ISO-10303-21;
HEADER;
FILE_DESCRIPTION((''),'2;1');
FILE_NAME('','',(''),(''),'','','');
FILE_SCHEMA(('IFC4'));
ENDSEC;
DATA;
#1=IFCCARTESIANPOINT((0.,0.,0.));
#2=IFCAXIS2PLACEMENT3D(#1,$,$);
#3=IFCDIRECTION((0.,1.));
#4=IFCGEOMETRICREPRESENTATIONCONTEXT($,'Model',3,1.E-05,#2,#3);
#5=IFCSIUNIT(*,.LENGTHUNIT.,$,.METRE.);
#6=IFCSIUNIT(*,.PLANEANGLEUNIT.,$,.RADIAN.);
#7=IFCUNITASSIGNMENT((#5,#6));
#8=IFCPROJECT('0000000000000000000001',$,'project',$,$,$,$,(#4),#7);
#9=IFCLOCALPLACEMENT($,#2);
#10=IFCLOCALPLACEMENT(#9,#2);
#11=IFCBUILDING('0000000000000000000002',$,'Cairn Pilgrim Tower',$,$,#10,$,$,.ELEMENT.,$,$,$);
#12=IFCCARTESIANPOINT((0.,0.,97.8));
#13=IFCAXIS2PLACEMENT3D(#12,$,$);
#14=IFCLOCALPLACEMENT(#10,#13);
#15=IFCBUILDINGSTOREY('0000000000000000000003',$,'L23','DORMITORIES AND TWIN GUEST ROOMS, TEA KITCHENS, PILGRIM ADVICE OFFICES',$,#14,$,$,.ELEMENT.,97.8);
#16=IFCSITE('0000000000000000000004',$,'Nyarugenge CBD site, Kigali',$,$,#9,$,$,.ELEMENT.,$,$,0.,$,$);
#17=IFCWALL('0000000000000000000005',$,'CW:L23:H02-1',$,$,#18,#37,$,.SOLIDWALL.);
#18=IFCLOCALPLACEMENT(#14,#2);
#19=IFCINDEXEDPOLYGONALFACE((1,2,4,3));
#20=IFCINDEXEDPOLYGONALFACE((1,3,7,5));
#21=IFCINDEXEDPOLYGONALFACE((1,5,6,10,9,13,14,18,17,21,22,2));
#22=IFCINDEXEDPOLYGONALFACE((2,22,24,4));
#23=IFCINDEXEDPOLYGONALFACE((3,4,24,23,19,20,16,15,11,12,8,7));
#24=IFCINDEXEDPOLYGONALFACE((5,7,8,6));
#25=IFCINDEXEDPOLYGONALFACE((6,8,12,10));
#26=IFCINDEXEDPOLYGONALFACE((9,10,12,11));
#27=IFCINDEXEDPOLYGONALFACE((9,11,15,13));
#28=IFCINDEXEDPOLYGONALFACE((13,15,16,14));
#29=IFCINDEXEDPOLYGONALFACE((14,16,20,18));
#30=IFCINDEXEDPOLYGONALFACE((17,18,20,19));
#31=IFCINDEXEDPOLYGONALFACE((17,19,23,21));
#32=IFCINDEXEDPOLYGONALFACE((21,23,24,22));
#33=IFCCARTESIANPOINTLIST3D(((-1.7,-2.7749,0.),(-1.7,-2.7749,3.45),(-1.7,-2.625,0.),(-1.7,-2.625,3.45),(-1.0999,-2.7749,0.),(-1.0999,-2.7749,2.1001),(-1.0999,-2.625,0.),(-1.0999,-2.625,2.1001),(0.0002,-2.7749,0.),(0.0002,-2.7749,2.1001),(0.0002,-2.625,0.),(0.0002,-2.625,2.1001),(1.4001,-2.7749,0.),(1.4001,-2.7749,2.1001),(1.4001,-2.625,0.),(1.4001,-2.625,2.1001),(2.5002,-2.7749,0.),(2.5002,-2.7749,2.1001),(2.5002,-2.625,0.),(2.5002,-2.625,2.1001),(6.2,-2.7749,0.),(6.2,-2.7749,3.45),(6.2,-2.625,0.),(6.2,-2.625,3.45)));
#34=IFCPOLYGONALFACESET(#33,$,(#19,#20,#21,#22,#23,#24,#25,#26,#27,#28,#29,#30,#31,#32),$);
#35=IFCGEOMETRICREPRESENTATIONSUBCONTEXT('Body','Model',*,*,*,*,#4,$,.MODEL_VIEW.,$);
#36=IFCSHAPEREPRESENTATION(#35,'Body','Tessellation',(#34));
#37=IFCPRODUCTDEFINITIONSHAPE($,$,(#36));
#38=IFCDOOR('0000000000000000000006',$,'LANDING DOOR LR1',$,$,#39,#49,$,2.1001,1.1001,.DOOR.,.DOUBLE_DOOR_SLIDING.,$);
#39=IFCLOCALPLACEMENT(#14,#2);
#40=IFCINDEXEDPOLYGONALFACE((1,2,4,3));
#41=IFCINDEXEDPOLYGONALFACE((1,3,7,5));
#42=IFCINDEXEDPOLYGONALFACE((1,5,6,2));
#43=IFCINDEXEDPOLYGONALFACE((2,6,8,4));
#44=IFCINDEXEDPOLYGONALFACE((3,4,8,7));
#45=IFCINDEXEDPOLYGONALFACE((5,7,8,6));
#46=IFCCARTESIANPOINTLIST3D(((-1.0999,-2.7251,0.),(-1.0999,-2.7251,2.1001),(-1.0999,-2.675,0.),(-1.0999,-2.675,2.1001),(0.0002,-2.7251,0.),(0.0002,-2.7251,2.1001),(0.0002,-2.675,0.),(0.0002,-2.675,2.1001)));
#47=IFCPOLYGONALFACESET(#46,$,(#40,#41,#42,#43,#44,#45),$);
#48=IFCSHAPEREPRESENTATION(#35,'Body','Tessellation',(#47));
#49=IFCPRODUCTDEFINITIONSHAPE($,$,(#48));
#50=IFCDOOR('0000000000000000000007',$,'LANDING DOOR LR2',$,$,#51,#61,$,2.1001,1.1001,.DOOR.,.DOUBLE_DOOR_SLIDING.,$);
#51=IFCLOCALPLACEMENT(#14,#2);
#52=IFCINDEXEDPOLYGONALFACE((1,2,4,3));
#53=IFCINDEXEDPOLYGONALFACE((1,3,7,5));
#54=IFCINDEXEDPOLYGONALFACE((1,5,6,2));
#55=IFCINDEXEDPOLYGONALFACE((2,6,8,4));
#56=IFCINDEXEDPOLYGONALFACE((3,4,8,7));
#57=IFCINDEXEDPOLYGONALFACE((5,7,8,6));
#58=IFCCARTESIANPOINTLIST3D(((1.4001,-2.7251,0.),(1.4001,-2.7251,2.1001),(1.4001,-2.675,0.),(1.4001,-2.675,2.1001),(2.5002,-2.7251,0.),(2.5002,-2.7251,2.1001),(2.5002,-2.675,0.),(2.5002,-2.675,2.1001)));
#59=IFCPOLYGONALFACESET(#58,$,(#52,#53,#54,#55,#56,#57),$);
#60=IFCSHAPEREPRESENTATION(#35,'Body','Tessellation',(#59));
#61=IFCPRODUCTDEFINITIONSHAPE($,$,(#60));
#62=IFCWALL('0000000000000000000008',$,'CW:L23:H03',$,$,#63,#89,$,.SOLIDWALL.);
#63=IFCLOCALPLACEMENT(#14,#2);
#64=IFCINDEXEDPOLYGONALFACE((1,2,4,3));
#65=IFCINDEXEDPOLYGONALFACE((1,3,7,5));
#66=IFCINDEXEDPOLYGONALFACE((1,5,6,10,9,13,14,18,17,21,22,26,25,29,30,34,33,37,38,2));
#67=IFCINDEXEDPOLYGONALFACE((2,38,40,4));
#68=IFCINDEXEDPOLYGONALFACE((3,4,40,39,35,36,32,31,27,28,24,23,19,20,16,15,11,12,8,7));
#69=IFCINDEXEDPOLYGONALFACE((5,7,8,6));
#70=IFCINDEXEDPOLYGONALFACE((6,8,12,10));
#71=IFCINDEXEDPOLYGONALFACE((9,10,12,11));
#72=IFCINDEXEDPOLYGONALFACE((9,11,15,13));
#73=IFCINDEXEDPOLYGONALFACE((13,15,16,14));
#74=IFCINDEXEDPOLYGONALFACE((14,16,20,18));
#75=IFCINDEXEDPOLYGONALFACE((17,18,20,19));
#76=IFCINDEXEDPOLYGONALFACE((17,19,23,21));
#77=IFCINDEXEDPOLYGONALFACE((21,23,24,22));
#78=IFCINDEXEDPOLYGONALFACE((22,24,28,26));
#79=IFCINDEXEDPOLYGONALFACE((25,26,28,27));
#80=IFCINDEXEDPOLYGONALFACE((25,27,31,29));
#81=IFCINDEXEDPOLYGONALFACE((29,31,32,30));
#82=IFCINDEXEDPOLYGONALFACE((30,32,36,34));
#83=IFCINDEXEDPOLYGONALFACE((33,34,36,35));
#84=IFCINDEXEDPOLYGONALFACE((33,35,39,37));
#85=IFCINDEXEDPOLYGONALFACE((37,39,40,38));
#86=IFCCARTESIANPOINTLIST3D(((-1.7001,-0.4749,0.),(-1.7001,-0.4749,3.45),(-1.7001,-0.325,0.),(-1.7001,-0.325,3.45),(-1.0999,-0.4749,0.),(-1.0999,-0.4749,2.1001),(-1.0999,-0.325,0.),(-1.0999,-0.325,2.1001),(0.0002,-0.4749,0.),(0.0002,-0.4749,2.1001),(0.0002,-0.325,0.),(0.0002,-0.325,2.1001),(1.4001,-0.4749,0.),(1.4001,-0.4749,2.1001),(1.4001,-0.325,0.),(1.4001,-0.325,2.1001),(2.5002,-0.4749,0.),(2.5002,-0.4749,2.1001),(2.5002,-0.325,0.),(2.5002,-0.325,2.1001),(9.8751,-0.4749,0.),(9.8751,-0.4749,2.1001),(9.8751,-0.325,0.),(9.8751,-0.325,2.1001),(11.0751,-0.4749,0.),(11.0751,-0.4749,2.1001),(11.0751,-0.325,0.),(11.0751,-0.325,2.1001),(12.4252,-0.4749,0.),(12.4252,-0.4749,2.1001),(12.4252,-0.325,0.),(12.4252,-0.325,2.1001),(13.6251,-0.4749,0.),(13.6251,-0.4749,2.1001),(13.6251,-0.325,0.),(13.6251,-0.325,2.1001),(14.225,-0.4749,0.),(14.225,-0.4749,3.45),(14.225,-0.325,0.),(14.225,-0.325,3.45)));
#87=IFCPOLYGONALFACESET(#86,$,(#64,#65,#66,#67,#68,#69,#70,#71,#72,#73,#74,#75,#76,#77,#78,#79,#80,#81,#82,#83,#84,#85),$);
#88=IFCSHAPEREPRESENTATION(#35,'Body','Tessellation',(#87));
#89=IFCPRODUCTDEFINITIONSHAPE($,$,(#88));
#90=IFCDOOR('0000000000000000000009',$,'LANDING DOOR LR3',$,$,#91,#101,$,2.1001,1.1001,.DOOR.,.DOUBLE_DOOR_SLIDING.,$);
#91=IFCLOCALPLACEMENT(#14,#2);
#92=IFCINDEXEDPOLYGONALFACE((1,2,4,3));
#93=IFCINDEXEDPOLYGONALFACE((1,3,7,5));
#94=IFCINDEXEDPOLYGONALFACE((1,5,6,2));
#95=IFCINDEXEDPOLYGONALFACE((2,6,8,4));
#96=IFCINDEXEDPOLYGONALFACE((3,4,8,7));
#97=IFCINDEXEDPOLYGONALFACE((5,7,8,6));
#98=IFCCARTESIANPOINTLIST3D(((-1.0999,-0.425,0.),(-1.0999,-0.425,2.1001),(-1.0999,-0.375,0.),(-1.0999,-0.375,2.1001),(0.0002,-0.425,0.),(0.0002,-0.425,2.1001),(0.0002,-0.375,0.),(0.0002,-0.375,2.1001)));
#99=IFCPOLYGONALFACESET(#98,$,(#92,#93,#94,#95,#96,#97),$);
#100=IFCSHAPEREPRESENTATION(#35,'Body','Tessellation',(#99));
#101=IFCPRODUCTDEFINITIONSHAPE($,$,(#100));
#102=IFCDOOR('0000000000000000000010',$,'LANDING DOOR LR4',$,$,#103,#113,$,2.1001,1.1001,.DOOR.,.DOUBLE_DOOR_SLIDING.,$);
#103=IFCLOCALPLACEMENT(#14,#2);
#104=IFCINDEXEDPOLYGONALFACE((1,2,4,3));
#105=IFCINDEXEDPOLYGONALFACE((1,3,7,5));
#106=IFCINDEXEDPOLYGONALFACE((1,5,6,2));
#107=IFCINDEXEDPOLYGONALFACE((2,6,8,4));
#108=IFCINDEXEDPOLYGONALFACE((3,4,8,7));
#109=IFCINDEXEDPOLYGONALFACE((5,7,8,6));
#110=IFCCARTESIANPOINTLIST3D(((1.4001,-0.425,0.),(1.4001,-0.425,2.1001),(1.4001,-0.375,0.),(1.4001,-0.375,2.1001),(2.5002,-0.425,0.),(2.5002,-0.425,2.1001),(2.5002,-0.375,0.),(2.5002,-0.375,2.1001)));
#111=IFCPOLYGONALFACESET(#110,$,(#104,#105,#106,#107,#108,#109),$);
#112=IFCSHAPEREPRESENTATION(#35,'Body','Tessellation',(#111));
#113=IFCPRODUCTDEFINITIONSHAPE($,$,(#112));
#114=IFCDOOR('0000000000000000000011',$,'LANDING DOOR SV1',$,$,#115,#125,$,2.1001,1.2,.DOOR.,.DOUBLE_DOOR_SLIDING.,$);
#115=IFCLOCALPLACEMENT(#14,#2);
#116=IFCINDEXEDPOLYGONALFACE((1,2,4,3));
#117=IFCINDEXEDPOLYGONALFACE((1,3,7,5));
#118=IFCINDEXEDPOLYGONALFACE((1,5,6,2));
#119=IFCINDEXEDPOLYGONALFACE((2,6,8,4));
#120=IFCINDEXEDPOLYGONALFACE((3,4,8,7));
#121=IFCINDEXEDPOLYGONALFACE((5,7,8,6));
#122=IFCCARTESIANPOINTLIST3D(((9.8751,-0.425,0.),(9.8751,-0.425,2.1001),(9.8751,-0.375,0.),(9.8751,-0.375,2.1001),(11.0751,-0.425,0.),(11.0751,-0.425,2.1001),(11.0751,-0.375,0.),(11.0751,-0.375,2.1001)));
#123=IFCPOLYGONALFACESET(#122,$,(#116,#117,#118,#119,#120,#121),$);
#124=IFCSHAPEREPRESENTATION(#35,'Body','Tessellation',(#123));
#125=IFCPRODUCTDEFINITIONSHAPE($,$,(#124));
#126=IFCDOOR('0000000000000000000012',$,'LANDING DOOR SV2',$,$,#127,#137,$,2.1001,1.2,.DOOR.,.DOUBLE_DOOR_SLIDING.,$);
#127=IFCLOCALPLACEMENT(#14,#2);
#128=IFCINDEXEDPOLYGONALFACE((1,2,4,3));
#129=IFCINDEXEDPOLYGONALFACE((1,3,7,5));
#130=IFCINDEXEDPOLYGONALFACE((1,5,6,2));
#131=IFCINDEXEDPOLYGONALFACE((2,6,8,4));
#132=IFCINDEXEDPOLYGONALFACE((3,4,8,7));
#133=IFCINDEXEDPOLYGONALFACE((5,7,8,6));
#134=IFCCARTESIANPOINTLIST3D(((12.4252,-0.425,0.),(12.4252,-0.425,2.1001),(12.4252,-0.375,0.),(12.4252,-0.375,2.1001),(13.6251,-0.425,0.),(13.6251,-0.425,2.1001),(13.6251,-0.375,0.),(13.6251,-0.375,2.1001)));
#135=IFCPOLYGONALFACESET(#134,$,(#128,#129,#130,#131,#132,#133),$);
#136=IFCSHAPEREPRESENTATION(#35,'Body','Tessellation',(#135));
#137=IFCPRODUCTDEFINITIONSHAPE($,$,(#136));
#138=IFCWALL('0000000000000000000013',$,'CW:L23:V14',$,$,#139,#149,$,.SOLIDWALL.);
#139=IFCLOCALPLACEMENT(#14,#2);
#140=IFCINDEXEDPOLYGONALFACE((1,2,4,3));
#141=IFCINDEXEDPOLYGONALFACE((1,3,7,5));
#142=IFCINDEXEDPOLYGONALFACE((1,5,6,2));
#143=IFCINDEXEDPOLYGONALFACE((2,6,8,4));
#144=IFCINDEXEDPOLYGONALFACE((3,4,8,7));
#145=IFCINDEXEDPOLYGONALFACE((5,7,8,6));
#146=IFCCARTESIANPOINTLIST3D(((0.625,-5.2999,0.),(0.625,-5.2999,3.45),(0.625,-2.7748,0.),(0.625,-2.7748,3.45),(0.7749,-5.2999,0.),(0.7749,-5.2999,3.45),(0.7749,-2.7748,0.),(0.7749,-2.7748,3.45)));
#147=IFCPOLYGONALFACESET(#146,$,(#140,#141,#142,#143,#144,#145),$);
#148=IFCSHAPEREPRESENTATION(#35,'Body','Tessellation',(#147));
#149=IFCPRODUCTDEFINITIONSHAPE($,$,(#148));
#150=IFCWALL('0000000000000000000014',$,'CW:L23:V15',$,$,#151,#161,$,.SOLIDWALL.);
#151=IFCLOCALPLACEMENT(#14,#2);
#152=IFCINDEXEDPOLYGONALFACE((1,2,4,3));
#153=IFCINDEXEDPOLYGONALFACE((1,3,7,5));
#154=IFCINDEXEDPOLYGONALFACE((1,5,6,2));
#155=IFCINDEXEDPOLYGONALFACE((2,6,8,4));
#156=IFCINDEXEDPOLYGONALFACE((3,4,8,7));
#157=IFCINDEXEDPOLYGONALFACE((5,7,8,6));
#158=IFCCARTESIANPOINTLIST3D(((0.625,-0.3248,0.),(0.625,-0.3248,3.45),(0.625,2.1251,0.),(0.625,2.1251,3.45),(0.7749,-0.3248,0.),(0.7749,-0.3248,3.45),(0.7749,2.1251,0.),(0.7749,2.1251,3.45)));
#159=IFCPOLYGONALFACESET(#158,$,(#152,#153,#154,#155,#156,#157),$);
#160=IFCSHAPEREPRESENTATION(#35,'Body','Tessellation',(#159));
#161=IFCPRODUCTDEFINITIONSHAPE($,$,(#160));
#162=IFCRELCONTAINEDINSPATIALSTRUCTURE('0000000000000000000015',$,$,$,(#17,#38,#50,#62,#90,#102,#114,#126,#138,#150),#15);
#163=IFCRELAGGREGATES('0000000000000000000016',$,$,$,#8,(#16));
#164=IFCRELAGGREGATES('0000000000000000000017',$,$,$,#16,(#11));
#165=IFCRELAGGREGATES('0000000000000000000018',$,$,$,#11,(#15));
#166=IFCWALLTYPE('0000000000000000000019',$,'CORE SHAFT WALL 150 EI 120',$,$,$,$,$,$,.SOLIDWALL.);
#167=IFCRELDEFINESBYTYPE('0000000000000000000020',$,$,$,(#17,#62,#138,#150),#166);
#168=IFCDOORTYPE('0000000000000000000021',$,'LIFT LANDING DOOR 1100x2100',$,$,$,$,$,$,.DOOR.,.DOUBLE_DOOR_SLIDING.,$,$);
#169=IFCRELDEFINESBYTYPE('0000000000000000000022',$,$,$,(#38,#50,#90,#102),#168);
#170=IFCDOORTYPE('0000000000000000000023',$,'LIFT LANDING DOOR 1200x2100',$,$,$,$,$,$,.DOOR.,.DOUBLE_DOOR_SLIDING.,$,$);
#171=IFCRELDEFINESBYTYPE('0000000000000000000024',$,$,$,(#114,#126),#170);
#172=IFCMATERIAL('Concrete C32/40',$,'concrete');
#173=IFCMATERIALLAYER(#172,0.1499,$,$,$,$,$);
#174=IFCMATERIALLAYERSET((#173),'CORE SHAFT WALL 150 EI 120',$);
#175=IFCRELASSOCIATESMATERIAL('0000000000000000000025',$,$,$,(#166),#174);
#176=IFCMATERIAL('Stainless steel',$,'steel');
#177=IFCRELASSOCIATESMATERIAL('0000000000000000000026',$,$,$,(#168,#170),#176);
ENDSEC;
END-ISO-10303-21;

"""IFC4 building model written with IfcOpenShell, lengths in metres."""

from ifc_helpers import new_model, si_unit, direction, frame, frame_2d, origin, place, context, subcontext, project, spatial, rectangle, extrude, material, layer, layer_set, type_object, element, fill, save


model = new_model("IFC4")

# Units and contexts
model_context = context("Model", 3, precision=1e-05, world=origin(), true_north=direction((0.0, 1.0)))
body_context = subcontext(model_context, "Body", "Model", "MODEL_VIEW")
ifc_project = project(units=[si_unit("LENGTHUNIT", "METRE"), si_unit("PLANEANGLEUNIT", "RADIAN")], contexts=[model_context])

# Site, building, storey
site_placement = place(None, origin())
site = spatial("IfcSite", under=ifc_project, at=site_placement, Name="Nyarugenge CBD site, Kigali", CompositionType="ELEMENT", RefElevation=0.0)
building_placement = place(site_placement, origin())
building = spatial("IfcBuilding", under=site, at=building_placement, Name="Cairn Pilgrim Tower", CompositionType="ELEMENT")
storey_placement = place(building_placement, frame((0.0, 0.0, 97.8)))
storey = spatial("IfcBuildingStorey", under=building, at=storey_placement, Name="L23", Description="DORMITORIES AND TWIN GUEST ROOMS, TEA KITCHENS, PILGRIM ADVICE OFFICES", CompositionType="ELEMENT", Elevation=97.8)

# Shared definitions
ifc_material_1 = material(Name="Concrete C32/40", Category="concrete")

# Walls, openings, doors
ifc_layer_1 = layer(ifc_material_1, 0.1499)
ifc_layer_set_1 = layer_set([ifc_layer_1], Name="CORE SHAFT WALL 150 EI 120")
wall_type_1 = type_object("IfcWallType", Name="CORE SHAFT WALL 150 EI 120", PredefinedType="SOLIDWALL", material=ifc_layer_set_1)
wall_1_placement = place(storey_placement, frame((-1.7, -2.7, 0.0), z_axis=(0.0, 0.0, 1.0), x_axis=(1.0, 0.0, 0.0)))
wall_1 = element("IfcWall", 1, at=wall_1_placement, inside=storey, type_object=wall_type_1, Name="CW:L23:H02-1", PredefinedType="SOLIDWALL", context=body_context, shape_type="SweptSolid", body=[
    extrude(rectangle(XDim=7.8999, YDim=0.1499, at=frame_2d((3.95, 0.0))), origin(), (0.0, 0.0, 1.0), 3.45),
])
opening_1_placement = place(wall_1_placement, frame((0.6001, 0.0, 0.0)))
opening_1 = element("IfcOpeningElement", 2, at=opening_1_placement, cuts=wall_1, PredefinedType="OPENING", context=body_context, shape_type="SweptSolid", body=[
    extrude(rectangle(XDim=1.1001, YDim=2.1001, at=frame_2d((0.55, 1.05))), frame((0.0, 0.085, 0.0), z_axis=(0.0, -1.0, 0.0), x_axis=(1.0, 0.0, 0.0)), (0.0, 0.0, 1.0), 0.1699),
])
opening_2_placement = place(wall_1_placement, frame((3.1001, 0.0, 0.0)))
opening_2 = element("IfcOpeningElement", 3, at=opening_2_placement, cuts=wall_1, PredefinedType="OPENING", context=body_context, shape_type="SweptSolid", body=[
    extrude(rectangle(XDim=1.1001, YDim=2.1001, at=frame_2d((0.55, 1.05))), frame((0.0, 0.085, 0.0), z_axis=(0.0, -1.0, 0.0), x_axis=(1.0, 0.0, 0.0)), (0.0, 0.0, 1.0), 0.1699),
])
ifc_material_2 = material(Name="Stainless steel", Category="steel")
door_type_1 = type_object("IfcDoorType", Name="LIFT LANDING DOOR 1100x2100", OperationType="DOUBLE_DOOR_SLIDING", PredefinedType="DOOR", material=ifc_material_2)
door_1_placement = place(opening_1_placement, origin())
door_1 = element("IfcDoor", 4, at=door_1_placement, inside=storey, type_object=door_type_1, Name="LANDING DOOR LR1", OperationType="DOUBLE_DOOR_SLIDING", OverallHeight=2.1001, OverallWidth=1.1001, PredefinedType="DOOR", context=body_context, shape_type="SweptSolid", body=[
    extrude(rectangle(XDim=1.1001, YDim=2.1001, at=frame_2d((0.55, 1.05))), frame((0.0, 0.0249, 0.0), z_axis=(0.0, -1.0, 0.0), x_axis=(1.0, 0.0, 0.0)), (0.0, 0.0, 1.0), 0.05),
])
fill(opening_1, door_1)
door_2_placement = place(opening_2_placement, origin())
door_2 = element("IfcDoor", 5, at=door_2_placement, inside=storey, type_object=door_type_1, Name="LANDING DOOR LR2", OperationType="DOUBLE_DOOR_SLIDING", OverallHeight=2.1001, OverallWidth=1.1001, PredefinedType="DOOR", context=body_context, shape_type="SweptSolid", body=[
    extrude(rectangle(XDim=1.1001, YDim=2.1001, at=frame_2d((0.55, 1.05))), frame((0.0, 0.0249, 0.0), z_axis=(0.0, -1.0, 0.0), x_axis=(1.0, 0.0, 0.0)), (0.0, 0.0, 1.0), 0.05),
])
fill(opening_2, door_2)
wall_2_placement = place(storey_placement, frame((-1.7, -0.3999, 0.0), z_axis=(0.0, 0.0, 1.0), x_axis=(1.0, 0.0, 0.0)))
wall_2 = element("IfcWall", 6, at=wall_2_placement, inside=storey, type_object=wall_type_1, Name="CW:L23:H03", PredefinedType="SOLIDWALL", context=body_context, shape_type="SweptSolid", body=[
    extrude(rectangle(XDim=15.925, YDim=0.1499, at=frame_2d((7.9624, 0.0))), origin(), (0.0, 0.0, 1.0), 3.45),
])
opening_3_placement = place(wall_2_placement, frame((0.6001, 0.0, 0.0)))
opening_3 = element("IfcOpeningElement", 7, at=opening_3_placement, cuts=wall_2, PredefinedType="OPENING", context=body_context, shape_type="SweptSolid", body=[
    extrude(rectangle(XDim=1.1001, YDim=2.1001, at=frame_2d((0.55, 1.05))), frame((0.0, 0.085, 0.0), z_axis=(0.0, -1.0, 0.0), x_axis=(1.0, 0.0, 0.0)), (0.0, 0.0, 1.0), 0.1699),
])
opening_4_placement = place(wall_2_placement, frame((3.1001, 0.0, 0.0)))
opening_4 = element("IfcOpeningElement", 8, at=opening_4_placement, cuts=wall_2, PredefinedType="OPENING", context=body_context, shape_type="SweptSolid", body=[
    extrude(rectangle(XDim=1.1001, YDim=2.1001, at=frame_2d((0.55, 1.05))), frame((0.0, 0.085, 0.0), z_axis=(0.0, -1.0, 0.0), x_axis=(1.0, 0.0, 0.0)), (0.0, 0.0, 1.0), 0.1699),
])
opening_5_placement = place(wall_2_placement, frame((11.575, 0.0, 0.0)))
opening_5 = element("IfcOpeningElement", 9, at=opening_5_placement, cuts=wall_2, PredefinedType="OPENING", context=body_context, shape_type="SweptSolid", body=[
    extrude(rectangle(XDim=1.2, YDim=2.1001, at=frame_2d((0.6001, 1.05))), frame((0.0, 0.085, 0.0), z_axis=(0.0, -1.0, 0.0), x_axis=(1.0, 0.0, 0.0)), (0.0, 0.0, 1.0), 0.1699),
])
opening_6_placement = place(wall_2_placement, frame((14.125, 0.0, 0.0)))
opening_6 = element("IfcOpeningElement", 10, at=opening_6_placement, cuts=wall_2, PredefinedType="OPENING", context=body_context, shape_type="SweptSolid", body=[
    extrude(rectangle(XDim=1.2, YDim=2.1001, at=frame_2d((0.6001, 1.05))), frame((0.0, 0.085, 0.0), z_axis=(0.0, -1.0, 0.0), x_axis=(1.0, 0.0, 0.0)), (0.0, 0.0, 1.0), 0.1699),
])
door_3_placement = place(opening_3_placement, origin())
door_3 = element("IfcDoor", 11, at=door_3_placement, inside=storey, type_object=door_type_1, Name="LANDING DOOR LR3", OperationType="DOUBLE_DOOR_SLIDING", OverallHeight=2.1001, OverallWidth=1.1001, PredefinedType="DOOR", context=body_context, shape_type="SweptSolid", body=[
    extrude(rectangle(XDim=1.1001, YDim=2.1001, at=frame_2d((0.55, 1.05))), frame((0.0, 0.0249, 0.0), z_axis=(0.0, -1.0, 0.0), x_axis=(1.0, 0.0, 0.0)), (0.0, 0.0, 1.0), 0.05),
])
fill(opening_3, door_3)
door_4_placement = place(opening_4_placement, origin())
door_4 = element("IfcDoor", 12, at=door_4_placement, inside=storey, type_object=door_type_1, Name="LANDING DOOR LR4", OperationType="DOUBLE_DOOR_SLIDING", OverallHeight=2.1001, OverallWidth=1.1001, PredefinedType="DOOR", context=body_context, shape_type="SweptSolid", body=[
    extrude(rectangle(XDim=1.1001, YDim=2.1001, at=frame_2d((0.55, 1.05))), frame((0.0, 0.0249, 0.0), z_axis=(0.0, -1.0, 0.0), x_axis=(1.0, 0.0, 0.0)), (0.0, 0.0, 1.0), 0.05),
])
fill(opening_4, door_4)
door_type_2 = type_object("IfcDoorType", Name="LIFT LANDING DOOR 1200x2100", OperationType="DOUBLE_DOOR_SLIDING", PredefinedType="DOOR", material=ifc_material_2)
door_5_placement = place(opening_5_placement, origin())
door_5 = element("IfcDoor", 13, at=door_5_placement, inside=storey, type_object=door_type_2, Name="LANDING DOOR SV1", OperationType="DOUBLE_DOOR_SLIDING", OverallHeight=2.1001, OverallWidth=1.2, PredefinedType="DOOR", context=body_context, shape_type="SweptSolid", body=[
    extrude(rectangle(XDim=1.2, YDim=2.1001, at=frame_2d((0.6001, 1.05))), frame((0.0, 0.0249, 0.0), z_axis=(0.0, -1.0, 0.0), x_axis=(1.0, 0.0, 0.0)), (0.0, 0.0, 1.0), 0.05),
])
fill(opening_5, door_5)
door_6_placement = place(opening_6_placement, origin())
door_6 = element("IfcDoor", 14, at=door_6_placement, inside=storey, type_object=door_type_2, Name="LANDING DOOR SV2", OperationType="DOUBLE_DOOR_SLIDING", OverallHeight=2.1001, OverallWidth=1.2, PredefinedType="DOOR", context=body_context, shape_type="SweptSolid", body=[
    extrude(rectangle(XDim=1.2, YDim=2.1001, at=frame_2d((0.6001, 1.05))), frame((0.0, 0.0249, 0.0), z_axis=(0.0, -1.0, 0.0), x_axis=(1.0, 0.0, 0.0)), (0.0, 0.0, 1.0), 0.05),
])
fill(opening_6, door_6)

# Walls
wall_3_placement = place(storey_placement, frame((0.7, -5.3, 0.0), z_axis=(0.0, 0.0, 1.0), x_axis=(0.0, 1.0, 0.0)))
element("IfcWall", 15, at=wall_3_placement, inside=storey, type_object=wall_type_1, Name="CW:L23:V14", PredefinedType="SOLIDWALL", context=body_context, shape_type="SweptSolid", body=[
    extrude(rectangle(XDim=2.5251, YDim=0.1499, at=frame_2d((1.2627, 0.0))), origin(), (0.0, 0.0, 1.0), 3.45),
])
wall_4_placement = place(storey_placement, frame((0.7, -0.325, 0.0), z_axis=(0.0, 0.0, 1.0), x_axis=(0.0, 1.0, 0.0)))
element("IfcWall", 16, at=wall_4_placement, inside=storey, type_object=wall_type_1, Name="CW:L23:V15", PredefinedType="SOLIDWALL", context=body_context, shape_type="SweptSolid", body=[
    extrude(rectangle(XDim=2.45, YDim=0.1499, at=frame_2d((1.2251, 0.0))), origin(), (0.0, 0.0, 1.0), 3.45),
])

save(model, "model.ifc")
